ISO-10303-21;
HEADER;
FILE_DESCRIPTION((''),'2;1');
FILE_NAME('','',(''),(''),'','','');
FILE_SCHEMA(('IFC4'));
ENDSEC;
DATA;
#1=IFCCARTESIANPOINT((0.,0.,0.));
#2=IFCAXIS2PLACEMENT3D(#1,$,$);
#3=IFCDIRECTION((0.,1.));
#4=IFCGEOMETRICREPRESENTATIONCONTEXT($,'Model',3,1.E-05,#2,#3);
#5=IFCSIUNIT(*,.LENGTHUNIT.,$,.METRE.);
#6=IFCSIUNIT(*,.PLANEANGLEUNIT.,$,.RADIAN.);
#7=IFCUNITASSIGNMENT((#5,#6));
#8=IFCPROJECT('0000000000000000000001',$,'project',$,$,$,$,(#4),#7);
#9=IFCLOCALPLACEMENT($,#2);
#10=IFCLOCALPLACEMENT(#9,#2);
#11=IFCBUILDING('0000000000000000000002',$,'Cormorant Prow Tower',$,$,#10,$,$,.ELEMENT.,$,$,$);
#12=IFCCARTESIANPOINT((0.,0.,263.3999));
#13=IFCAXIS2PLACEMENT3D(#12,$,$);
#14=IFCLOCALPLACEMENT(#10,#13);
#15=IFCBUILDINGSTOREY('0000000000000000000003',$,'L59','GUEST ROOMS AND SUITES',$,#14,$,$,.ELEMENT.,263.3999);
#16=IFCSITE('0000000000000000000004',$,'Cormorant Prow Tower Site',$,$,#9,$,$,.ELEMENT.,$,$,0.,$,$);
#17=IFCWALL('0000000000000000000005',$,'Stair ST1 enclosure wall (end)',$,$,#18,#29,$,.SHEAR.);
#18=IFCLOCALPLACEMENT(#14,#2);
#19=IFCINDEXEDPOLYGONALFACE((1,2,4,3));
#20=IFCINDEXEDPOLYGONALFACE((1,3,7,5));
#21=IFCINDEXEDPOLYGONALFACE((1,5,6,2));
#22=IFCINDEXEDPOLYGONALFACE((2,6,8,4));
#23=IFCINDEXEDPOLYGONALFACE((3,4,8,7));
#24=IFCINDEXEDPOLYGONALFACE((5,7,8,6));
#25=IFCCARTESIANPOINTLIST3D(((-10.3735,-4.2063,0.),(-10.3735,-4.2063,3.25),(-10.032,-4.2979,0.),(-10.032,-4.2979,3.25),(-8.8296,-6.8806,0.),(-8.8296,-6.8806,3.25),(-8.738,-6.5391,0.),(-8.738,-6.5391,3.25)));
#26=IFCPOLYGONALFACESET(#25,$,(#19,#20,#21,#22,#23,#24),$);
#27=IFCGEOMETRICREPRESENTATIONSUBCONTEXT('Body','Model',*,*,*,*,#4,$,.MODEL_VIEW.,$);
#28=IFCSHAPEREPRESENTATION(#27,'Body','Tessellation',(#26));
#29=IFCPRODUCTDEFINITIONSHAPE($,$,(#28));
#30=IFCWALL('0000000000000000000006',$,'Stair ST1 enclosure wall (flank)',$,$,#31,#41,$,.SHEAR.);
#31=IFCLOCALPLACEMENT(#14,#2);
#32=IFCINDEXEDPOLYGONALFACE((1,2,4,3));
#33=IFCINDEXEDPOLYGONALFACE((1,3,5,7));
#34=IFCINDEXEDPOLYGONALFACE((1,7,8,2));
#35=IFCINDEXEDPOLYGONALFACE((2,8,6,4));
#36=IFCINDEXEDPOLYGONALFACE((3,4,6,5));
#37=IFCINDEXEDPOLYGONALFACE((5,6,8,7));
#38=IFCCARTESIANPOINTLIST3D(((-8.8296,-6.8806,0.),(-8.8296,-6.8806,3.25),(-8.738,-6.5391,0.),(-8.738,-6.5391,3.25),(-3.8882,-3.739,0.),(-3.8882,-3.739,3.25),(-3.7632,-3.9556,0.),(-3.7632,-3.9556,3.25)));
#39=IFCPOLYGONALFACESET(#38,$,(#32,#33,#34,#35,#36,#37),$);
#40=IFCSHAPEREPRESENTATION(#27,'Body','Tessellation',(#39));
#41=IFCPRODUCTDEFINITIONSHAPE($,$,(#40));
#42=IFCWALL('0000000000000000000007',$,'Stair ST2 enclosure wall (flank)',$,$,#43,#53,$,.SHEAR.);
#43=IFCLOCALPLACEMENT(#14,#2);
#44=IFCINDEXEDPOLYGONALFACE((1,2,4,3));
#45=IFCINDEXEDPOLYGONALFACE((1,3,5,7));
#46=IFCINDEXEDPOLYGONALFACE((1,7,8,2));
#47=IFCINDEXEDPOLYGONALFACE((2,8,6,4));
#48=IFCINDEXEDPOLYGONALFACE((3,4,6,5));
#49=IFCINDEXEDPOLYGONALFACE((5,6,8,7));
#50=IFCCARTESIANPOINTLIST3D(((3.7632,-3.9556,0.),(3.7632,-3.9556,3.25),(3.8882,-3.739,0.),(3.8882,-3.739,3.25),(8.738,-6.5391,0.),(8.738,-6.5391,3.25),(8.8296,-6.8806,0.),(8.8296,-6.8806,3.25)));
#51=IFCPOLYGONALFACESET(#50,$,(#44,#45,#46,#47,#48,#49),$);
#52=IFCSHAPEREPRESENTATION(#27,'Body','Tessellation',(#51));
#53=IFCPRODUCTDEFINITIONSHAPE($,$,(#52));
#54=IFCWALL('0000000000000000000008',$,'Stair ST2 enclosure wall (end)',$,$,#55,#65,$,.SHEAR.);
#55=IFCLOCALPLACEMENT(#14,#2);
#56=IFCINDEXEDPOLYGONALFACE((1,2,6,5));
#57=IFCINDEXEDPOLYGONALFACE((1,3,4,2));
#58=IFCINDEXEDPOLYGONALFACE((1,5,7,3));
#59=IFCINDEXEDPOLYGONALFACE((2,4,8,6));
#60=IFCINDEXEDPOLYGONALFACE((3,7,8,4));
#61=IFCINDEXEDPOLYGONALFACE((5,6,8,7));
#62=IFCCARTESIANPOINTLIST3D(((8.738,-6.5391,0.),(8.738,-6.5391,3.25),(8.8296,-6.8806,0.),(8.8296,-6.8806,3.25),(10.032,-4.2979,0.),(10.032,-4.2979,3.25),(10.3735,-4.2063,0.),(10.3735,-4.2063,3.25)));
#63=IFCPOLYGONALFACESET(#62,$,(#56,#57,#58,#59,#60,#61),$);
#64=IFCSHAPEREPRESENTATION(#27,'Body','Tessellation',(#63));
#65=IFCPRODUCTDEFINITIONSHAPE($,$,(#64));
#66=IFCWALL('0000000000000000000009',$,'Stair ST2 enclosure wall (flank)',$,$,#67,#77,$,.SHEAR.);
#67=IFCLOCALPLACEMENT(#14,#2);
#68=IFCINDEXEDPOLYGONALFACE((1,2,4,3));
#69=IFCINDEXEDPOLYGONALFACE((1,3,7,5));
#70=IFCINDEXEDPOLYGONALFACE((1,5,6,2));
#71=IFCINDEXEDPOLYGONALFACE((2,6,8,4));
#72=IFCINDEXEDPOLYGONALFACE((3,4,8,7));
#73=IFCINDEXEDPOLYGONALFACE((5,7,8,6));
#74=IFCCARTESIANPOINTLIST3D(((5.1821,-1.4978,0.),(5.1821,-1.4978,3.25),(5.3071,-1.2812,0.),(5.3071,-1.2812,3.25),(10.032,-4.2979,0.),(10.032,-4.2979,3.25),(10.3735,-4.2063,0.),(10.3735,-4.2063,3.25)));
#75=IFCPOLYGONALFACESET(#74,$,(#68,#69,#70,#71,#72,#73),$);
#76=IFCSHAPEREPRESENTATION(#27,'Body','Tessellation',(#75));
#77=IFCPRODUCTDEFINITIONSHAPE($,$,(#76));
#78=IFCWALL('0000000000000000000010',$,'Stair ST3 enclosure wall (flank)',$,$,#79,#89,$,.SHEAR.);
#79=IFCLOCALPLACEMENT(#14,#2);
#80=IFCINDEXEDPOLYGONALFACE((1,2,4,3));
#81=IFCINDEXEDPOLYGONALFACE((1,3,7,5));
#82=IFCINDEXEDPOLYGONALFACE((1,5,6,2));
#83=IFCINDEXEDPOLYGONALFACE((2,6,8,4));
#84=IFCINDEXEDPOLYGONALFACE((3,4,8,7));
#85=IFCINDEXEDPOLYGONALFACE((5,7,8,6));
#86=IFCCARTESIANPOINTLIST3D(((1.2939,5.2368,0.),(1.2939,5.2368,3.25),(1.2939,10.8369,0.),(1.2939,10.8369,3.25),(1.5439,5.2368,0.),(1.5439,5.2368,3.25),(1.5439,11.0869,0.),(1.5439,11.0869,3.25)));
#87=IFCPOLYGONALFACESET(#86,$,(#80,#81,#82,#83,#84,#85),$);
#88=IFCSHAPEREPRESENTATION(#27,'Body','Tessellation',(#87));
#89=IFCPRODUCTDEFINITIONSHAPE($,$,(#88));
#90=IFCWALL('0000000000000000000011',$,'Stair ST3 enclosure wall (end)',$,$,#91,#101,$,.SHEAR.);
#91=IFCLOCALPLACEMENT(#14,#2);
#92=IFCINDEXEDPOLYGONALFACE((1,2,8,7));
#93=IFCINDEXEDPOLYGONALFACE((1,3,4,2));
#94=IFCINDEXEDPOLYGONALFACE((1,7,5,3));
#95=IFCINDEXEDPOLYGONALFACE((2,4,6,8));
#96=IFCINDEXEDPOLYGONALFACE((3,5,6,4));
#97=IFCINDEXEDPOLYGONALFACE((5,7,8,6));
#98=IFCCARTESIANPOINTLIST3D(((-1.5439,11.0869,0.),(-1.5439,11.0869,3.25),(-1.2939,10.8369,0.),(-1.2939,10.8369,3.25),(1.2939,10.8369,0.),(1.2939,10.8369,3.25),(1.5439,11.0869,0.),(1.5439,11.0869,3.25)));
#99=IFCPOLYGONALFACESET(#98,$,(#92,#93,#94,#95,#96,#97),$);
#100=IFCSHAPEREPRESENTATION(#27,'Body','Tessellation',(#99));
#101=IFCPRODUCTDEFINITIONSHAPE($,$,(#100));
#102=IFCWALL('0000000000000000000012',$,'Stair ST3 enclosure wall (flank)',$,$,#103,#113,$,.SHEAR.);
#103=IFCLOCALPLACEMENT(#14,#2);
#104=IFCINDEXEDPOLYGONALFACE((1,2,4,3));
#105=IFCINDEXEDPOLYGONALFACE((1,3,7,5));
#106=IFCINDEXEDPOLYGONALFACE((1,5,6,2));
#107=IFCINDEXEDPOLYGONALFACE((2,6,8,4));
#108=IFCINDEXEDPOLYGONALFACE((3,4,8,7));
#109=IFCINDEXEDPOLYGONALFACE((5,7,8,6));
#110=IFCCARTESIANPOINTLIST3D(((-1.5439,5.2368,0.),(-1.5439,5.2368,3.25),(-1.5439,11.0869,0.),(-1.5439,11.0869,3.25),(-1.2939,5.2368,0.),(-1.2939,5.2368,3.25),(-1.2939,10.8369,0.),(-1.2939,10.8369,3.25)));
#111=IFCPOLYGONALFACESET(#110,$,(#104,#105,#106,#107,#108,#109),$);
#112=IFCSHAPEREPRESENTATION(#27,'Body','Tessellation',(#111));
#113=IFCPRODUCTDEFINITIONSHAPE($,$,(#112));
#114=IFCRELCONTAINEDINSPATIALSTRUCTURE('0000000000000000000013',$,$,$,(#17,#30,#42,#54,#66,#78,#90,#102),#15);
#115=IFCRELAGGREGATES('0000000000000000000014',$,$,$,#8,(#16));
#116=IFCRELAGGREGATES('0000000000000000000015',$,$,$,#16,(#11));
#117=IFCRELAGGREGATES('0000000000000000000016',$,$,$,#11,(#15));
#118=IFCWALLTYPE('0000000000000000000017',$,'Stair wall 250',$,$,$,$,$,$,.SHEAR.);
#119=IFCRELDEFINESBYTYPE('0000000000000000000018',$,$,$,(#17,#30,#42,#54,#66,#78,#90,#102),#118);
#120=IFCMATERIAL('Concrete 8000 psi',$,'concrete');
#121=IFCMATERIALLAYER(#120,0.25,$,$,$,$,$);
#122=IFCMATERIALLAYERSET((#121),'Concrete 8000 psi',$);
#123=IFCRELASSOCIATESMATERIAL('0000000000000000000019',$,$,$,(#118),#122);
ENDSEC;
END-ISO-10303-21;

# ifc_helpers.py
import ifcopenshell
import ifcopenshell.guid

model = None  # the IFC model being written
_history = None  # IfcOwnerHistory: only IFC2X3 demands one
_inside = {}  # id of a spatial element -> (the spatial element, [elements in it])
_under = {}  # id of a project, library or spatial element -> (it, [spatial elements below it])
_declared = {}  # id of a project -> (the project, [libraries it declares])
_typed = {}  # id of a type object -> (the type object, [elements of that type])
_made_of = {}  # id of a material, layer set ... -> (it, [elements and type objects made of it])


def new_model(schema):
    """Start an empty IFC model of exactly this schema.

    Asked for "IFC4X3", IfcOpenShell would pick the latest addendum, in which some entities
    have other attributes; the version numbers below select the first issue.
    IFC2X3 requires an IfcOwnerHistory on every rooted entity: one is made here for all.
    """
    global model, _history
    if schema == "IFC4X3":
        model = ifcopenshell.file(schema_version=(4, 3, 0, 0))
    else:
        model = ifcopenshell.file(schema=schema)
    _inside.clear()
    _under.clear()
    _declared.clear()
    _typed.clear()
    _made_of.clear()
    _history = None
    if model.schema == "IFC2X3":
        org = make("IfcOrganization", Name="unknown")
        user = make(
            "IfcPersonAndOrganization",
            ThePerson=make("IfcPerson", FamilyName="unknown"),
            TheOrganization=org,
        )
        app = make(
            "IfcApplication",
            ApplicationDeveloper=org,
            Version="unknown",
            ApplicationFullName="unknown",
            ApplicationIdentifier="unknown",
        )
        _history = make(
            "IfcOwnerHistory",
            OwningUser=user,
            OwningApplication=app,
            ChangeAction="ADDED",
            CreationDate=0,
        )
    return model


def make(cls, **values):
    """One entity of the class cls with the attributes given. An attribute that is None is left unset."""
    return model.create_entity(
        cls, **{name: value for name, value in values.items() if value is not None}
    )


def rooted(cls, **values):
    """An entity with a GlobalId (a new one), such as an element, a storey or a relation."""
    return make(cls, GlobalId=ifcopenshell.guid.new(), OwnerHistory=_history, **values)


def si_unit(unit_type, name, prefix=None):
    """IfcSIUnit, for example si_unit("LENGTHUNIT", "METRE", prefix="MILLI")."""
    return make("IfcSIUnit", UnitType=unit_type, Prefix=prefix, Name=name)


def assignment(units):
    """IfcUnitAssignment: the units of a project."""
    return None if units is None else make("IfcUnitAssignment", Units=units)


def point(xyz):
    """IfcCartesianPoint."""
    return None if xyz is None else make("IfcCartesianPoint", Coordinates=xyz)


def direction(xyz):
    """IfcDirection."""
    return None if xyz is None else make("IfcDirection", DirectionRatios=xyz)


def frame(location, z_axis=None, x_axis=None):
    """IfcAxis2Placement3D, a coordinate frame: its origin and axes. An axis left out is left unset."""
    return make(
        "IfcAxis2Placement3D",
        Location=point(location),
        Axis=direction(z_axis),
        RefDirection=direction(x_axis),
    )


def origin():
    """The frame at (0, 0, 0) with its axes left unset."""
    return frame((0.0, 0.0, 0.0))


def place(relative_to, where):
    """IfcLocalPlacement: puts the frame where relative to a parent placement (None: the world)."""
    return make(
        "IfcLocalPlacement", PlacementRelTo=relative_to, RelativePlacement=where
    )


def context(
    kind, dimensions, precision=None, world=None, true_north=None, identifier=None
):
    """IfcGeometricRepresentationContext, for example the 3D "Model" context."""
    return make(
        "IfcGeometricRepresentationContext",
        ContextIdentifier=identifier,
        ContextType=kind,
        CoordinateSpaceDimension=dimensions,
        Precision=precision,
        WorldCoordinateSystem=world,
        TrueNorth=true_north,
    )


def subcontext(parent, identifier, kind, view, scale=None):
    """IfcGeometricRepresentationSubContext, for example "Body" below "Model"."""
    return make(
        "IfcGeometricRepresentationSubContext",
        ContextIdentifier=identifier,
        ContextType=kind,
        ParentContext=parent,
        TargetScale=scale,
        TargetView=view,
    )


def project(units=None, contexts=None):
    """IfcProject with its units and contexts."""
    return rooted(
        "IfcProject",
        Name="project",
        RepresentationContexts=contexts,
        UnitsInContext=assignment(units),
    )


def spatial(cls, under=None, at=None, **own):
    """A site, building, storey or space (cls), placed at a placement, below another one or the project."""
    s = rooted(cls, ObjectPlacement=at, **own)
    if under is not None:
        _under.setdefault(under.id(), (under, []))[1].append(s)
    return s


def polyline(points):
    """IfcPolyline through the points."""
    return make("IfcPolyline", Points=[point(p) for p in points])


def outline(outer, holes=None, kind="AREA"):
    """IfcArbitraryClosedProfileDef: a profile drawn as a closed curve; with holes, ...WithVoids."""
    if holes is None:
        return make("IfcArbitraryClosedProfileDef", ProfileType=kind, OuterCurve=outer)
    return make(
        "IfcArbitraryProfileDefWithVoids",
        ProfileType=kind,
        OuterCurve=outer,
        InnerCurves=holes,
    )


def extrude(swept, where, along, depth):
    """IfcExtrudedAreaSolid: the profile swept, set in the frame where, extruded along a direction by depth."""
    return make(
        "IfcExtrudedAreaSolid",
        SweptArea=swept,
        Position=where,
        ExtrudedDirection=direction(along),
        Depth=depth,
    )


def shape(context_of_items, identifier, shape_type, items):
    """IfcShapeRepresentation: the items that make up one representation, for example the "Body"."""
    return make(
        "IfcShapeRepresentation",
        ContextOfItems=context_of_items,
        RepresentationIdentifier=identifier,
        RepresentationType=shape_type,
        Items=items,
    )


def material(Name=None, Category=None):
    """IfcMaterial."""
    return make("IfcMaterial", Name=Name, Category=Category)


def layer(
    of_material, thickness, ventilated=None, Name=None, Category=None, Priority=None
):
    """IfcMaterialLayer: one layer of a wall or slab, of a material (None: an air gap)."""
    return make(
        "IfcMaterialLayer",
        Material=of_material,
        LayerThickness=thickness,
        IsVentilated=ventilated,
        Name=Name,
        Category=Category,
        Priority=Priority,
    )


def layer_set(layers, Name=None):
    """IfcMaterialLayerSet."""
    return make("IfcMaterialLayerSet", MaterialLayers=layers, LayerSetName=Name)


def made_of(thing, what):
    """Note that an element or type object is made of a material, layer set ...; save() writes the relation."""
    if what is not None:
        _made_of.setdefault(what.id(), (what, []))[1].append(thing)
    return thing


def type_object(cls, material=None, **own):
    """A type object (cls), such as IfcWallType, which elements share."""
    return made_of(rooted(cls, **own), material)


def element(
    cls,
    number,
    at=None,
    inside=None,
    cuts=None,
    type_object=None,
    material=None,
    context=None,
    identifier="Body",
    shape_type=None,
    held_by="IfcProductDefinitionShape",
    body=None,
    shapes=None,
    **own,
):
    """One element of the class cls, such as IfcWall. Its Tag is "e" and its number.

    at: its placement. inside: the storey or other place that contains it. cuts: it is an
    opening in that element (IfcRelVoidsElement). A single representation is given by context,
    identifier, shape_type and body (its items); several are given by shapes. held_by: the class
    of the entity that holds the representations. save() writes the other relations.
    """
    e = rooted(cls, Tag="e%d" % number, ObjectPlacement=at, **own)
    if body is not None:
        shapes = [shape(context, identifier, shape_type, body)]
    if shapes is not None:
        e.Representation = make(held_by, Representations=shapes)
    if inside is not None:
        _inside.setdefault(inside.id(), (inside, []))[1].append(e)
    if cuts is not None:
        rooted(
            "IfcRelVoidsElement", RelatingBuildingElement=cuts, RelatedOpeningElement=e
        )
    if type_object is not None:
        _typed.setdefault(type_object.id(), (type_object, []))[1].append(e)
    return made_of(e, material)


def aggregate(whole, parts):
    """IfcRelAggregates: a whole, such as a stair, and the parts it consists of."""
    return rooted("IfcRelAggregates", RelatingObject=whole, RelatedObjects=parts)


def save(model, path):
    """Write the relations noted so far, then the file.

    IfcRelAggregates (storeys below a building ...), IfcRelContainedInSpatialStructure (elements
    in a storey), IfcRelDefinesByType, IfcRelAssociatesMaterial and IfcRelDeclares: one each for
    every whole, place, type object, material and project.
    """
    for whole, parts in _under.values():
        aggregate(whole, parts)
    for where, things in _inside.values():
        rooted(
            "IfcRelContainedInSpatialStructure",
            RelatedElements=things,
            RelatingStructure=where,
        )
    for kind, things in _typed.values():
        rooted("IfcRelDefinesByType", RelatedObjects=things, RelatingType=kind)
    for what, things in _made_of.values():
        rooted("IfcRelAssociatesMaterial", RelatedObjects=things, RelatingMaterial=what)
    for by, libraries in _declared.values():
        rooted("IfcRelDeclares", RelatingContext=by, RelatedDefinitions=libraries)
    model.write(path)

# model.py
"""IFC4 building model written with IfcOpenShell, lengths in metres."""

from ifc_helpers import new_model, si_unit, direction, frame, origin, place, context, subcontext, project, spatial, polyline, outline, extrude, material, layer, layer_set, type_object, element, save


model = new_model("IFC4")

# Units and contexts
model_context = context("Model", 3, precision=1e-05, world=origin(), true_north=direction((0.0, 1.0)))
body_context = subcontext(model_context, "Body", "Model", "MODEL_VIEW")
ifc_project = project(units=[si_unit("LENGTHUNIT", "METRE"), si_unit("PLANEANGLEUNIT", "RADIAN")], contexts=[model_context])

# Site, building, storey
site_placement = place(None, origin())
site = spatial("IfcSite", under=ifc_project, at=site_placement, Name="Cormorant Prow Tower Site", CompositionType="ELEMENT", RefElevation=0.0)
building_placement = place(site_placement, origin())
building = spatial("IfcBuilding", under=site, at=building_placement, Name="Cormorant Prow Tower", CompositionType="ELEMENT")
storey_placement = place(building_placement, frame((0.0, 0.0, 263.3999)))
storey = spatial("IfcBuildingStorey", under=building, at=storey_placement, Name="L59", Description="GUEST ROOMS AND SUITES", CompositionType="ELEMENT", Elevation=263.3999)

# Walls
ifc_material_1 = material(Name="Concrete 8000 psi", Category="concrete")
ifc_layer_1 = layer(ifc_material_1, 0.25)
ifc_layer_set_1 = layer_set([ifc_layer_1], Name="Concrete 8000 psi")
wall_type_1 = type_object("IfcWallType", Name="Stair wall 250", PredefinedType="SHEAR", material=ifc_layer_set_1)
wall_1_placement = place(storey_placement, origin())
element("IfcWall", 1, at=wall_1_placement, inside=storey, type_object=wall_type_1, Name="Stair ST1 enclosure wall (end)", PredefinedType="SHEAR", context=body_context, shape_type="SweptSolid", body=[
    extrude(outline(polyline([(-10.3735, -4.2063), (-8.8296, -6.8806), (-8.738, -6.5391), (-10.032, -4.2979), (-10.3735, -4.2063)])), origin(), (0.0, 0.0, 1.0), 3.25),
])
wall_2_placement = place(storey_placement, origin())
element("IfcWall", 2, at=wall_2_placement, inside=storey, type_object=wall_type_1, Name="Stair ST1 enclosure wall (flank)", PredefinedType="SHEAR", context=body_context, shape_type="SweptSolid", body=[
    extrude(outline(polyline([(-8.738, -6.5391), (-8.8296, -6.8806), (-3.7632, -3.9556), (-3.8882, -3.739), (-8.738, -6.5391)])), origin(), (0.0, 0.0, 1.0), 3.25),
])
wall_3_placement = place(storey_placement, origin())
element("IfcWall", 3, at=wall_3_placement, inside=storey, type_object=wall_type_1, Name="Stair ST2 enclosure wall (flank)", PredefinedType="SHEAR", context=body_context, shape_type="SweptSolid", body=[
    extrude(outline(polyline([(3.7632, -3.9556), (8.8296, -6.8806), (8.738, -6.5391), (3.8882, -3.739), (3.7632, -3.9556)])), origin(), (0.0, 0.0, 1.0), 3.25),
])
wall_4_placement = place(storey_placement, origin())
element("IfcWall", 4, at=wall_4_placement, inside=storey, type_object=wall_type_1, Name="Stair ST2 enclosure wall (end)", PredefinedType="SHEAR", context=body_context, shape_type="SweptSolid", body=[
    extrude(outline(polyline([(8.8296, -6.8806), (10.3735, -4.2063), (10.032, -4.2979), (8.738, -6.5391), (8.8296, -6.8806)])), origin(), (0.0, 0.0, 1.0), 3.25),
])
wall_5_placement = place(storey_placement, origin())
element("IfcWall", 5, at=wall_5_placement, inside=storey, type_object=wall_type_1, Name="Stair ST2 enclosure wall (flank)", PredefinedType="SHEAR", context=body_context, shape_type="SweptSolid", body=[
    extrude(outline(polyline([(10.032, -4.2979), (10.3735, -4.2063), (5.3071, -1.2812), (5.1821, -1.4978), (10.032, -4.2979)])), origin(), (0.0, 0.0, 1.0), 3.25),
])
wall_6_placement = place(storey_placement, origin())
element("IfcWall", 6, at=wall_6_placement, inside=storey, type_object=wall_type_1, Name="Stair ST3 enclosure wall (flank)", PredefinedType="SHEAR", context=body_context, shape_type="SweptSolid", body=[
    extrude(outline(polyline([(1.5439, 5.2368), (1.5439, 11.0869), (1.2939, 10.8369), (1.2939, 5.2368), (1.5439, 5.2368)])), origin(), (0.0, 0.0, 1.0), 3.25),
])
wall_7_placement = place(storey_placement, origin())
element("IfcWall", 7, at=wall_7_placement, inside=storey, type_object=wall_type_1, Name="Stair ST3 enclosure wall (end)", PredefinedType="SHEAR", context=body_context, shape_type="SweptSolid", body=[
    extrude(outline(polyline([(1.5439, 11.0869), (-1.5439, 11.0869), (-1.2939, 10.8369), (1.2939, 10.8369), (1.5439, 11.0869)])), origin(), (0.0, 0.0, 1.0), 3.25),
])
wall_8_placement = place(storey_placement, origin())
element("IfcWall", 8, at=wall_8_placement, inside=storey, type_object=wall_type_1, Name="Stair ST3 enclosure wall (flank)", PredefinedType="SHEAR", context=body_context, shape_type="SweptSolid", body=[
    extrude(outline(polyline([(-1.2939, 10.8369), (-1.5439, 11.0869), (-1.5439, 5.2368), (-1.2939, 5.2368), (-1.2939, 10.8369)])), origin(), (0.0, 0.0, 1.0), 3.25),
])

save(model, "model.ifc")
